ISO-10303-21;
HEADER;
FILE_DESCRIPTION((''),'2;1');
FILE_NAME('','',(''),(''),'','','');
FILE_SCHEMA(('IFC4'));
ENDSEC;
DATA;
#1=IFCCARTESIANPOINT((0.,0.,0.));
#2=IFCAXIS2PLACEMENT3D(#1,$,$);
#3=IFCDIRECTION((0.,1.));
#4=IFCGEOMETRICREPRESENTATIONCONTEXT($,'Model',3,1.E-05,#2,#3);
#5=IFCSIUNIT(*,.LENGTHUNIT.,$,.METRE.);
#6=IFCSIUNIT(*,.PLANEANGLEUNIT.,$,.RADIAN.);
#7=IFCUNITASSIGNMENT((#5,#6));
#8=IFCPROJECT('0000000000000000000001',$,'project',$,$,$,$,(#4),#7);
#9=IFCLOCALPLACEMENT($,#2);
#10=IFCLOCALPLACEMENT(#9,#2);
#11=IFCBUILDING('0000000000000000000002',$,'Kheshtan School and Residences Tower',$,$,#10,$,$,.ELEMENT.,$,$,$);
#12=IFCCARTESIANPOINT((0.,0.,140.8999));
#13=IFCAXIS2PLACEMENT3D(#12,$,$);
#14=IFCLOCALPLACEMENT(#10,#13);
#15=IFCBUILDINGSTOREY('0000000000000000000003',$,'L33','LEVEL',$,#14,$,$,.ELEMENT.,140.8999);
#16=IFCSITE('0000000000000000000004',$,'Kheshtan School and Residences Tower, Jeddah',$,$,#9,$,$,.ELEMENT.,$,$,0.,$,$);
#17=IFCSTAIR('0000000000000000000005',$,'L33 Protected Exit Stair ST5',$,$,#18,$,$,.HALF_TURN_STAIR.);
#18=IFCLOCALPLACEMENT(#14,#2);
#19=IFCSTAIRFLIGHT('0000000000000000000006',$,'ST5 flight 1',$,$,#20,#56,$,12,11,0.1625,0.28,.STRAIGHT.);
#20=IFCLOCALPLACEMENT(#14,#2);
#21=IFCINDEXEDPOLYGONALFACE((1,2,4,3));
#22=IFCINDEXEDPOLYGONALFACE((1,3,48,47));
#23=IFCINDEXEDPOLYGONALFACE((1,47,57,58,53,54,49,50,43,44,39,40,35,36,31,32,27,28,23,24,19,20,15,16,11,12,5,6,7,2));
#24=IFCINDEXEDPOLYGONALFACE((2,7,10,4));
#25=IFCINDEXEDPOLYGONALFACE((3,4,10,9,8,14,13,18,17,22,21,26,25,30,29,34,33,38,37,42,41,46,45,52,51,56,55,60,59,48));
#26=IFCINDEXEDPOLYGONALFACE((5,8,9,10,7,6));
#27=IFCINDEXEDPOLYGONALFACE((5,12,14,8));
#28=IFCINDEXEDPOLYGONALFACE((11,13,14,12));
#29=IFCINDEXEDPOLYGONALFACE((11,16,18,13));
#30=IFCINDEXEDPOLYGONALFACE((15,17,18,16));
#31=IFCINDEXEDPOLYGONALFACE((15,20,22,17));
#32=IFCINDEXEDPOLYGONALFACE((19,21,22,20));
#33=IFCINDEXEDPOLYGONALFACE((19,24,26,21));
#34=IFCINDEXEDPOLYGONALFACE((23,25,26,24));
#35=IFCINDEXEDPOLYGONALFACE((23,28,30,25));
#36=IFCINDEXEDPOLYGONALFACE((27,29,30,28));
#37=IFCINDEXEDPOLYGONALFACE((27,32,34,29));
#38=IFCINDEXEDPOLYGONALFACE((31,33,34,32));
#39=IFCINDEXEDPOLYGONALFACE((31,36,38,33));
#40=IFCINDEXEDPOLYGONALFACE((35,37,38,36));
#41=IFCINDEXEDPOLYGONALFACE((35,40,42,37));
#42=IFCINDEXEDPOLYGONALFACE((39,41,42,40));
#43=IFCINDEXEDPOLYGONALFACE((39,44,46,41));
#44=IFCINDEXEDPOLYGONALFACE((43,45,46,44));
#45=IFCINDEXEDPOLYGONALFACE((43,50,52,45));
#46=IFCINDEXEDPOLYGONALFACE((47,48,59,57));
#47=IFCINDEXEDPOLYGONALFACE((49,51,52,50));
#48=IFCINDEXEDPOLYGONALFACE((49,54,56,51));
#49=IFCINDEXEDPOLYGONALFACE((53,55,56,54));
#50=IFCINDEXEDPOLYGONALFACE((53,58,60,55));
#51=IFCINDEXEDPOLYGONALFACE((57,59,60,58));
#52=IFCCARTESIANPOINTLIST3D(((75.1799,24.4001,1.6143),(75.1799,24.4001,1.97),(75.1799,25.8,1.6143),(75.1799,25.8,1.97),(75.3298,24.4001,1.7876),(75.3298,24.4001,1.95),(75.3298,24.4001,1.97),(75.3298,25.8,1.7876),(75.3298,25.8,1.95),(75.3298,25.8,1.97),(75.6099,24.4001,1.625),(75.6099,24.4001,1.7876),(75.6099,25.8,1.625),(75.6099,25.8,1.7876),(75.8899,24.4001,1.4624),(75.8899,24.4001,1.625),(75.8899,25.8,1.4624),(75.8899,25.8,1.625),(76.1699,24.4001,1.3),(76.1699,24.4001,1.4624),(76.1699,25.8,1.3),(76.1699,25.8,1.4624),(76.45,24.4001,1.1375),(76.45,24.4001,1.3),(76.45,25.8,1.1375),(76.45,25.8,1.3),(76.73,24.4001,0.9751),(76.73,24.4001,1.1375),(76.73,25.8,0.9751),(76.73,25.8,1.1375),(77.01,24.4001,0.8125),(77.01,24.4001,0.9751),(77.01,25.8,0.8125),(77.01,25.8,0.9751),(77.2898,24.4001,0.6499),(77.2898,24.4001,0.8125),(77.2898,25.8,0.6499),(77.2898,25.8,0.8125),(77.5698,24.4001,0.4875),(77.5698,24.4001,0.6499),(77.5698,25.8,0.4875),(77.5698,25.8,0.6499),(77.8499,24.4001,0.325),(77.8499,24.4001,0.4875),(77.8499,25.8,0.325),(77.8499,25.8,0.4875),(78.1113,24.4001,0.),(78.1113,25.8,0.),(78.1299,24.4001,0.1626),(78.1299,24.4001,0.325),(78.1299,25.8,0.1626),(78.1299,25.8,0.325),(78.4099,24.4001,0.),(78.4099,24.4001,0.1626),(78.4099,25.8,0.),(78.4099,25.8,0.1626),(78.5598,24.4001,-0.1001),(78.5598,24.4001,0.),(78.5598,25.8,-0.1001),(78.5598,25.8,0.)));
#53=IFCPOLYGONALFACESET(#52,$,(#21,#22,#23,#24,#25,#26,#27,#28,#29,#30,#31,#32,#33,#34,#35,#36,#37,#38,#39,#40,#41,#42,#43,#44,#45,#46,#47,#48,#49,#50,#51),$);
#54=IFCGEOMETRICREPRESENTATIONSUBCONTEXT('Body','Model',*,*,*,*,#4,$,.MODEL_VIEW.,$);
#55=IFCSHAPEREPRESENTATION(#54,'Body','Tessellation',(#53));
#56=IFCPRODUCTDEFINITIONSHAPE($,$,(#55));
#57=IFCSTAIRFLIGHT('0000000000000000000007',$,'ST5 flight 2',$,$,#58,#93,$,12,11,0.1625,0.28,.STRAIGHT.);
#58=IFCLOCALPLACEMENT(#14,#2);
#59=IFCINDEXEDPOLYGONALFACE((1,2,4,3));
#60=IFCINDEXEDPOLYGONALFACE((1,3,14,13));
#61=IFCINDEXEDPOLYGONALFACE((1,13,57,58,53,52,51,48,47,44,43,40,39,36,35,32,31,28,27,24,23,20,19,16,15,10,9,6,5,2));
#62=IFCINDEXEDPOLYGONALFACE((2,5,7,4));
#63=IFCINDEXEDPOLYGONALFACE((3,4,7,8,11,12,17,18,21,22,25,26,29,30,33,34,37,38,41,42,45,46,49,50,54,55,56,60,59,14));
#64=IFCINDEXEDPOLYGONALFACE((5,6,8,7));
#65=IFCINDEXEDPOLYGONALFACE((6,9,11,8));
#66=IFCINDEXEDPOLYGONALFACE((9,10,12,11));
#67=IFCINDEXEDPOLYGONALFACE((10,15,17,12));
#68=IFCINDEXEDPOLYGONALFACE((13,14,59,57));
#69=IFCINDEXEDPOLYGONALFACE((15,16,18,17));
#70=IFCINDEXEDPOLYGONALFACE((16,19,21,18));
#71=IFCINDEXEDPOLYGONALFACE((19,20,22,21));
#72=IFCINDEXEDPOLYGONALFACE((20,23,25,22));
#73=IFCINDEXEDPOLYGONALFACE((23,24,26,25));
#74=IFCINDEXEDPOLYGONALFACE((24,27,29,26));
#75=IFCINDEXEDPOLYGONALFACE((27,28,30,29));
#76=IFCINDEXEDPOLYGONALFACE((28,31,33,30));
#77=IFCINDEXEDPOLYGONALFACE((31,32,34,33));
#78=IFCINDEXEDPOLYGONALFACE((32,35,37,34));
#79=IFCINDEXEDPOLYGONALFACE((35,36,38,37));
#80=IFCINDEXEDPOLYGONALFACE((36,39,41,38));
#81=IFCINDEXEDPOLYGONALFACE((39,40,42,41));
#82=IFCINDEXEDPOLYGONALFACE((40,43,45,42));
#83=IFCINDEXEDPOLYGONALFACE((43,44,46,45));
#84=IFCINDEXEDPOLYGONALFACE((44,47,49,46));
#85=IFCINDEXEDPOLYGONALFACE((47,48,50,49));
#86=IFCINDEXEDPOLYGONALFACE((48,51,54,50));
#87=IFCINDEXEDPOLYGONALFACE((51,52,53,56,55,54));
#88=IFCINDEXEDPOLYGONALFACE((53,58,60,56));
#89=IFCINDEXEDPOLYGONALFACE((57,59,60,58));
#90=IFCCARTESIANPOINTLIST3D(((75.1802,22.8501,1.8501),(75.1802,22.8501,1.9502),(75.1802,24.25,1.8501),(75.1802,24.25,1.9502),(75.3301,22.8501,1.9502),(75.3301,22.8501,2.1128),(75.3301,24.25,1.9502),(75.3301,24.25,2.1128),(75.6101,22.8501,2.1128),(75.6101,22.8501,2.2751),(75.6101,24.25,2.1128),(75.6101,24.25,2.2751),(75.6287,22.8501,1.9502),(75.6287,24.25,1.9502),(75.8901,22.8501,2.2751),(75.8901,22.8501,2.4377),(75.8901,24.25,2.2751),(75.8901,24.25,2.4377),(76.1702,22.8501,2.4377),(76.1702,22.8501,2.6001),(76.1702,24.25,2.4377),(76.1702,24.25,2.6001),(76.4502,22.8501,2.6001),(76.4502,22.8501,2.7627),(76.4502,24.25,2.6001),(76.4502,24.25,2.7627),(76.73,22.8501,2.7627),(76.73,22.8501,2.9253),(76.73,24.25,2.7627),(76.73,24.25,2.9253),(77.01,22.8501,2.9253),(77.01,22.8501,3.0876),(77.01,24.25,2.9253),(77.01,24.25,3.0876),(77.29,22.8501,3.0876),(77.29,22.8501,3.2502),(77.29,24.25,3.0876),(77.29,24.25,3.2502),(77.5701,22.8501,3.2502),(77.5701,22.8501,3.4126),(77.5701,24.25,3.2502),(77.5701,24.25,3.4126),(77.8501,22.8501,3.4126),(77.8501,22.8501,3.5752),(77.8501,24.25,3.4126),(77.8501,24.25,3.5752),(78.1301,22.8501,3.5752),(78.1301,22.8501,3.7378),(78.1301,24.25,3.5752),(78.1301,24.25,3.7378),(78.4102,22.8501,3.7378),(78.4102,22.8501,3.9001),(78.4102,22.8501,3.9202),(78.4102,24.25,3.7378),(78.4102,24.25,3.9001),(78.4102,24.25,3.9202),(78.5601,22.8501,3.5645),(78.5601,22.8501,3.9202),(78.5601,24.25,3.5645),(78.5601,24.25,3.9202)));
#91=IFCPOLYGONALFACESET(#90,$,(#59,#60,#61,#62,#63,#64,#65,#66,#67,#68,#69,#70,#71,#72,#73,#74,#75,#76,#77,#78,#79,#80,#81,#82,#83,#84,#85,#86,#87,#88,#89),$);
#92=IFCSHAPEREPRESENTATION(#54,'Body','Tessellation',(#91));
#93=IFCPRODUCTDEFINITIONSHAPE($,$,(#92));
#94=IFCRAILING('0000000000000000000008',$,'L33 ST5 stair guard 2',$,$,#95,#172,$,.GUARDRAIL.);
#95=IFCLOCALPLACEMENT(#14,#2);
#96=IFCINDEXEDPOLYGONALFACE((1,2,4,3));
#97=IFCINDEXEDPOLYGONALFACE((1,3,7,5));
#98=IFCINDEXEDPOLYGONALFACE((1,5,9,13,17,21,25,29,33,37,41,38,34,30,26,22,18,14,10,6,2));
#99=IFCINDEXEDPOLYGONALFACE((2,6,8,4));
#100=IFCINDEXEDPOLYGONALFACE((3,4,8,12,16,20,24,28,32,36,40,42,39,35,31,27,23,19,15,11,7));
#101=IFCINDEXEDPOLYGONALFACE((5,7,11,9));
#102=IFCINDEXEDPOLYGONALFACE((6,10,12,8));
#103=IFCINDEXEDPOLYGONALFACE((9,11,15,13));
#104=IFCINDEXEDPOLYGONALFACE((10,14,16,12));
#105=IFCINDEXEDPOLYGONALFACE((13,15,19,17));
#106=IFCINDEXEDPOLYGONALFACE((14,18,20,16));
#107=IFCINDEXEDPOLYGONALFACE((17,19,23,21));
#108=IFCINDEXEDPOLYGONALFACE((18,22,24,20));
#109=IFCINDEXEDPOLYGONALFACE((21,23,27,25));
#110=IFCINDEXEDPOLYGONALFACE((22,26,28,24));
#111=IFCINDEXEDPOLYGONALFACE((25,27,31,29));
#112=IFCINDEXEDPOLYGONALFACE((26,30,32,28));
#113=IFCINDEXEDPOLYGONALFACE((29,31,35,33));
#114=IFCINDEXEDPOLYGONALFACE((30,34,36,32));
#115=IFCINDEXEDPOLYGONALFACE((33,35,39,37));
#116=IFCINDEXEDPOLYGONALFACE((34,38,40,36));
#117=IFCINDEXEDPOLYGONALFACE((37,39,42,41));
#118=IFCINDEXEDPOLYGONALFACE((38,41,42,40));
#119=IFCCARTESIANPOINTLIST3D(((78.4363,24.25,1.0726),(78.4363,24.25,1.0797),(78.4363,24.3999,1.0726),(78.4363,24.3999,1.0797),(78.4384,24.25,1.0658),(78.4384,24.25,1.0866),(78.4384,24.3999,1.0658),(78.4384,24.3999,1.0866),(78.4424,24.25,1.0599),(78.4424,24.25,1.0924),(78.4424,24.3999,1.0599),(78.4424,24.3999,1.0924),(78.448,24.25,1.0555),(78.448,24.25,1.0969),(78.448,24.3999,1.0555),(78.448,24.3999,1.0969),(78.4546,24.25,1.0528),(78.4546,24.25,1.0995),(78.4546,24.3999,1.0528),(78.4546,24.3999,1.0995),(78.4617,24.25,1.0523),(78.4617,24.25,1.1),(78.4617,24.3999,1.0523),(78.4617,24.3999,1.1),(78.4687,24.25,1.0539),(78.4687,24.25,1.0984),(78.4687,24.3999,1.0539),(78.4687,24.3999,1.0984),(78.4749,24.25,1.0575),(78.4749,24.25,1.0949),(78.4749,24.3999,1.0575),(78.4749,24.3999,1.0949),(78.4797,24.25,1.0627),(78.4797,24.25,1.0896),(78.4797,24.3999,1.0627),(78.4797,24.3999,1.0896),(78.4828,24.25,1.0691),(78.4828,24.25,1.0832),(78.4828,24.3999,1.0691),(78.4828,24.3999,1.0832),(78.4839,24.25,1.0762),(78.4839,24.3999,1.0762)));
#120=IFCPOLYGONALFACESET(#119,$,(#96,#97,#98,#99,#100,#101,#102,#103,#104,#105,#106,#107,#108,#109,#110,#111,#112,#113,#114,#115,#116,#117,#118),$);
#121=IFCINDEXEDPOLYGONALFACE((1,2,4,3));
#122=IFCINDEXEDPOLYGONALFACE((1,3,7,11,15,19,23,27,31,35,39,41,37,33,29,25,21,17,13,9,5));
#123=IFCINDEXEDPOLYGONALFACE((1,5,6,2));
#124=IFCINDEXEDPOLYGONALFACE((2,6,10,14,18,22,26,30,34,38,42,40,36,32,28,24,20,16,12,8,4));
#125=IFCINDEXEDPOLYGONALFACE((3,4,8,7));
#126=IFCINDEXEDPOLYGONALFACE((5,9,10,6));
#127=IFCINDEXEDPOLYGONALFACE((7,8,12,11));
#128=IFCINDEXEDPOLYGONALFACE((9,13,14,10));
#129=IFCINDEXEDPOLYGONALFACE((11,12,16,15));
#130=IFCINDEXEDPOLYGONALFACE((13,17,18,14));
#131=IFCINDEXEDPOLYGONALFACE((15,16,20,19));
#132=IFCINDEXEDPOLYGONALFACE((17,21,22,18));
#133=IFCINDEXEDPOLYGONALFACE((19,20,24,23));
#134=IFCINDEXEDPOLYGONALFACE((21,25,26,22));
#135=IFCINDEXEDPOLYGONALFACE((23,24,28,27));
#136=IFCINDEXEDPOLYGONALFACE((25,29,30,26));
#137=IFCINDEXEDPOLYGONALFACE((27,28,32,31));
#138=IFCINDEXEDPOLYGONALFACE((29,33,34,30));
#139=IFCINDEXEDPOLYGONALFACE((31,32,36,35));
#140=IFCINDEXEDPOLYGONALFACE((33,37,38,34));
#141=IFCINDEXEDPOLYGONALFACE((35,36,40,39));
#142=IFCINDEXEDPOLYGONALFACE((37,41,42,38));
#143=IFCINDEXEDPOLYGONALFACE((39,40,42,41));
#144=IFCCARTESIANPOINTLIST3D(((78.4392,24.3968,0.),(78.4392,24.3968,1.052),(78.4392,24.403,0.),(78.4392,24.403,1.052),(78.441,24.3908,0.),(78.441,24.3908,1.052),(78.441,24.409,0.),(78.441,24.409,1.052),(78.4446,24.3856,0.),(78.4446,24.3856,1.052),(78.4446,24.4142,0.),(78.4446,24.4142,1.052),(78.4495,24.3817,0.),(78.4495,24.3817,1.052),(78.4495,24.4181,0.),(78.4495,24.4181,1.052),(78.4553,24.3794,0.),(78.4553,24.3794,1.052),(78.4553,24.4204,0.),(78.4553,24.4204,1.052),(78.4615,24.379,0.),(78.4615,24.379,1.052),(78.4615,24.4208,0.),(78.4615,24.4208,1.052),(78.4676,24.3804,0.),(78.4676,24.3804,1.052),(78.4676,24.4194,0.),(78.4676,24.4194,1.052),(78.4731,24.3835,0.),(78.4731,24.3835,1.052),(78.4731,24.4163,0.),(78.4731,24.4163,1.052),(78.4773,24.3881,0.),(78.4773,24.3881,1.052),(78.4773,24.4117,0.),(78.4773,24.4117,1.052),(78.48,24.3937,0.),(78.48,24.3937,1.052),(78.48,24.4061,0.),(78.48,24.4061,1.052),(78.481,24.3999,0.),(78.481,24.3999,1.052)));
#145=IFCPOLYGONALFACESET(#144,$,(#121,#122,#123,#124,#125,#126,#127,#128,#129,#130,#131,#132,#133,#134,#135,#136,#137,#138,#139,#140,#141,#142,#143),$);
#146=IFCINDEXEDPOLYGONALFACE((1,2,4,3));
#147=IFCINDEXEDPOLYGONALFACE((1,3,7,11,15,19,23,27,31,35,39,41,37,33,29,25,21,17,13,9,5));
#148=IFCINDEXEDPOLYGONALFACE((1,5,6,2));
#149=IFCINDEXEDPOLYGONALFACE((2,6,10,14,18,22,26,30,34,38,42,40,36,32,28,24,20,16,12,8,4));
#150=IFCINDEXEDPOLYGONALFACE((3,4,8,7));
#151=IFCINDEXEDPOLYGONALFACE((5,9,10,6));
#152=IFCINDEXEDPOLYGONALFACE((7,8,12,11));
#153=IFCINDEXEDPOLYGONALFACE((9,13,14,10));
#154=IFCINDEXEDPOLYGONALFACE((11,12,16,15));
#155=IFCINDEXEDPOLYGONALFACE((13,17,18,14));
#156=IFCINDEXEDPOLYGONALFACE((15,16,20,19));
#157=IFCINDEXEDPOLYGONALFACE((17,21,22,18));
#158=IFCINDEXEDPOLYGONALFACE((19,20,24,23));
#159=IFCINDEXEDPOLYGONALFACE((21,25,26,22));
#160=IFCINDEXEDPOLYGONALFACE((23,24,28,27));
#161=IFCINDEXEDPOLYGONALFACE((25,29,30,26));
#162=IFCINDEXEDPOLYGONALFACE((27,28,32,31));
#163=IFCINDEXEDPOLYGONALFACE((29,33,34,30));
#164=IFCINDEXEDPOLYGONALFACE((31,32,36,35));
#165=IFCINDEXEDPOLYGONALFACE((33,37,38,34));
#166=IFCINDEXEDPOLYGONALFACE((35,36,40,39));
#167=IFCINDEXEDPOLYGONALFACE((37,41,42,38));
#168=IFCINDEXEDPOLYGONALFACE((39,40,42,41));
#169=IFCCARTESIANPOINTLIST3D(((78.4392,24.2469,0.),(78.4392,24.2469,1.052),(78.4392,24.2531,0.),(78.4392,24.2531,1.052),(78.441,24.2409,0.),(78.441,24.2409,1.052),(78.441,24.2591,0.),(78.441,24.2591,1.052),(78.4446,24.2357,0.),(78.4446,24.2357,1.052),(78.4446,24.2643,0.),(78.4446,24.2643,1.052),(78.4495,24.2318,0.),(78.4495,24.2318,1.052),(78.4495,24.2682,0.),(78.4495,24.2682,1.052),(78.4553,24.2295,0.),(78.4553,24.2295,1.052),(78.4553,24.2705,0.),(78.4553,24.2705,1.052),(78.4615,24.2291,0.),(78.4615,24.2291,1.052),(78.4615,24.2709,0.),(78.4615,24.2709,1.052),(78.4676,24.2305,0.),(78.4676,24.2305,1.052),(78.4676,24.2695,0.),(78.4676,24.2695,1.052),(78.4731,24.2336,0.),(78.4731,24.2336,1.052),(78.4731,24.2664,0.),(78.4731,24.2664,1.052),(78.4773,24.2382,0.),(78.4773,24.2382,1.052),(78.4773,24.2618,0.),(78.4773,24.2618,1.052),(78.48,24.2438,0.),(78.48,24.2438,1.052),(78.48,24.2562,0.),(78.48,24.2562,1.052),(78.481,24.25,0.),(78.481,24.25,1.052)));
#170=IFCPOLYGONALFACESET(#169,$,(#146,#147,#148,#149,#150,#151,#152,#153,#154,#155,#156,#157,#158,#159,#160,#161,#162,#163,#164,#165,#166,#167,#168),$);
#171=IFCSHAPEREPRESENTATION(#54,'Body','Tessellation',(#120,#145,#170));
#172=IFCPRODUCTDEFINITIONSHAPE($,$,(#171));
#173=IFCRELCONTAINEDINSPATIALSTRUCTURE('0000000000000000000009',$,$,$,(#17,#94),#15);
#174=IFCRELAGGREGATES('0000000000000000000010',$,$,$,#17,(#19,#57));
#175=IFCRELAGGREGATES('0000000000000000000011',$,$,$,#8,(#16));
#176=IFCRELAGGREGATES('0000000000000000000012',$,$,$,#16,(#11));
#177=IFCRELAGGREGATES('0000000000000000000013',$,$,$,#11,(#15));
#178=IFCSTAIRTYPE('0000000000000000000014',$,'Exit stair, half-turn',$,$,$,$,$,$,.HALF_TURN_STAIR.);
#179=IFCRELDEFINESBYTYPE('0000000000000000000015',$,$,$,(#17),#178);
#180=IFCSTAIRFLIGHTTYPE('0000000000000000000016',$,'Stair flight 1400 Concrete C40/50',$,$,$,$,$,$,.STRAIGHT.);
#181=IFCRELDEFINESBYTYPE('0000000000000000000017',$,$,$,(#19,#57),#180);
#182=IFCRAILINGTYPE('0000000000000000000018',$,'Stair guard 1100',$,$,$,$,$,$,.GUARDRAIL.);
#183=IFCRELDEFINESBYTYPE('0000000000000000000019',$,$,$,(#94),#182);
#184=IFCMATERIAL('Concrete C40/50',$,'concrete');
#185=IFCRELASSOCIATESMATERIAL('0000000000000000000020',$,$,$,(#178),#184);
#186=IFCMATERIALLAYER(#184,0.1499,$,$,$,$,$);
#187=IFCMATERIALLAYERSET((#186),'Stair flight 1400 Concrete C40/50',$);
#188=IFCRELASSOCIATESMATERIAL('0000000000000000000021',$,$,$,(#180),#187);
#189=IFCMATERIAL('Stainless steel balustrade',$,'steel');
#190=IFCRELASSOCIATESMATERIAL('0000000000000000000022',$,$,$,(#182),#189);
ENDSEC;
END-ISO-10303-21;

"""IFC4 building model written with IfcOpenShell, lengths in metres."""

from ifc_helpers import new_model, si_unit, direction, frame, origin, origin_2d, place, context, subcontext, project, spatial, polyline, circle, outline, extrude, material, layer, layer_set, type_object, element, aggregate, save


model = new_model("IFC4")

# Units and contexts
model_context = context("Model", 3, precision=1e-05, world=origin(), true_north=direction((0.0, 1.0)))
body_context = subcontext(model_context, "Body", "Model", "MODEL_VIEW")
ifc_project = project(units=[si_unit("LENGTHUNIT", "METRE"), si_unit("PLANEANGLEUNIT", "RADIAN")], contexts=[model_context])

# Site, building, storey
site_placement = place(None, origin())
site = spatial("IfcSite", under=ifc_project, at=site_placement, Name="Kheshtan School and Residences Tower, Jeddah", CompositionType="ELEMENT", RefElevation=0.0)
building_placement = place(site_placement, origin())
building = spatial("IfcBuilding", under=site, at=building_placement, Name="Kheshtan School and Residences Tower", CompositionType="ELEMENT")
storey_placement = place(building_placement, frame((0.0, 0.0, 140.8999)))
storey = spatial("IfcBuildingStorey", under=building, at=storey_placement, Name="L33", Description="LEVEL", CompositionType="ELEMENT", Elevation=140.8999)

# Shared definitions
ifc_material_1 = material(Name="Concrete C40/50", Category="concrete")

# Stair, stair flights
stair_type = type_object("IfcStairType", Name="Exit stair, half-turn", PredefinedType="HALF_TURN_STAIR", material=ifc_material_1)
stair_placement = place(storey_placement, origin())
stair = element("IfcStair", 1, at=stair_placement, inside=storey, type_object=stair_type, Name="L33 Protected Exit Stair ST5", PredefinedType="HALF_TURN_STAIR")
ifc_layer_1 = layer(ifc_material_1, 0.1499)
ifc_layer_set_1 = layer_set([ifc_layer_1], Name="Stair flight 1400 Concrete C40/50")
stair_flight_type = type_object("IfcStairFlightType", Name="Stair flight 1400 Concrete C40/50", PredefinedType="STRAIGHT", material=ifc_layer_set_1)
stair_flight_1_placement = place(storey_placement, frame((78.4099, 25.1001, 0.0), z_axis=(0.0, 0.0, 1.0), x_axis=(-1.0, 0.0, 0.0)))
stair_flight_1 = element("IfcStairFlight", 2, at=stair_flight_1_placement, type_object=stair_flight_type, Name="ST5 flight 1", NumberOfRisers=12, NumberOfTreads=11, PredefinedType="STRAIGHT", RiserHeight=0.1625, TreadLength=0.28, context=body_context, shape_type="SweptSolid", body=[
    extrude(outline(polyline([(-0.1499, -0.1001), (-0.1499, 0.0), (0.0, 0.0), (0.0, 0.1626), (0.28, 0.1626), (0.28, 0.325), (0.5601, 0.325), (0.5601, 0.4875), (0.8401, 0.4875), (0.8401, 0.6499), (1.1201, 0.6499), (1.1201, 0.8125), (1.3999, 0.8125), (1.3999, 0.9751), (1.6799, 0.9751), (1.6799, 1.1375), (1.96, 1.1375), (1.96, 1.3), (2.24, 1.3), (2.24, 1.4624), (2.52, 1.4624), (2.52, 1.625), (2.8, 1.625), (2.8, 1.7876), (3.0801, 1.7876), (3.0801, 1.95), (3.0801, 1.97), (3.23, 1.97), (3.23, 1.6143), (0.2986, 0.0), (-0.1499, -0.1001)])), frame((0.0, 0.7, 0.0), z_axis=(0.0, -1.0, 0.0), x_axis=(1.0, 0.0, 0.0)), (0.0, 0.0, 1.0), 1.3999),
])
stair_flight_2_placement = place(storey_placement, frame((75.3301, 23.55, 1.9502), z_axis=(0.0, 0.0, 1.0), x_axis=(1.0, 0.0, 0.0)))
stair_flight_2 = element("IfcStairFlight", 3, at=stair_flight_2_placement, type_object=stair_flight_type, Name="ST5 flight 2", NumberOfRisers=12, NumberOfTreads=11, PredefinedType="STRAIGHT", RiserHeight=0.1625, TreadLength=0.28, context=body_context, shape_type="SweptSolid", body=[
    extrude(outline(polyline([(-0.1499, -0.1001), (-0.1499, 0.0), (0.0, 0.0), (0.0, 0.1626), (0.28, 0.1626), (0.28, 0.325), (0.5601, 0.325), (0.5601, 0.4875), (0.8401, 0.4875), (0.8401, 0.6499), (1.1201, 0.6499), (1.1201, 0.8125), (1.3999, 0.8125), (1.3999, 0.9751), (1.6799, 0.9751), (1.6799, 1.1375), (1.96, 1.1375), (1.96, 1.3), (2.24, 1.3), (2.24, 1.4624), (2.52, 1.4624), (2.52, 1.625), (2.8, 1.625), (2.8, 1.7876), (3.0801, 1.7876), (3.0801, 1.95), (3.0801, 1.97), (3.23, 1.97), (3.23, 1.6143), (0.2986, 0.0), (-0.1499, -0.1001)])), frame((0.0, 0.7, 0.0), z_axis=(0.0, -1.0, 0.0), x_axis=(1.0, 0.0, 0.0)), (0.0, 0.0, 1.0), 1.3999),
])
aggregate(stair, [stair_flight_1, stair_flight_2])

# Railing
ifc_material_2 = material(Name="Stainless steel balustrade", Category="steel")
railing_type_1 = type_object("IfcRailingType", Name="Stair guard 1100", PredefinedType="GUARDRAIL", material=ifc_material_2)
railing_1_placement = place(storey_placement, frame((78.46, 24.3999, 0.0)))
element("IfcRailing", 4, at=railing_1_placement, inside=storey, type_object=railing_type_1, Name="L33 ST5 stair guard 2", PredefinedType="GUARDRAIL", context=body_context, shape_type="SweptSolid", body=[
    extrude(circle(Radius=0.0239, at=origin_2d()), frame((0.0, 0.0, 1.0762), z_axis=(0.0, -1.0, 0.0), x_axis=(1.0, 0.0, 0.0)), (0.0, 0.0, 1.0), 0.1499),
    extrude(circle(Radius=0.021, at=origin_2d()), origin(), (0.0, 0.0, 1.0), 1.052),
    extrude(circle(Radius=0.021, at=origin_2d()), frame((0.0, -0.1499, 0.0)), (0.0, 0.0, 1.0), 1.052),
])

save(model, "model.ifc")
